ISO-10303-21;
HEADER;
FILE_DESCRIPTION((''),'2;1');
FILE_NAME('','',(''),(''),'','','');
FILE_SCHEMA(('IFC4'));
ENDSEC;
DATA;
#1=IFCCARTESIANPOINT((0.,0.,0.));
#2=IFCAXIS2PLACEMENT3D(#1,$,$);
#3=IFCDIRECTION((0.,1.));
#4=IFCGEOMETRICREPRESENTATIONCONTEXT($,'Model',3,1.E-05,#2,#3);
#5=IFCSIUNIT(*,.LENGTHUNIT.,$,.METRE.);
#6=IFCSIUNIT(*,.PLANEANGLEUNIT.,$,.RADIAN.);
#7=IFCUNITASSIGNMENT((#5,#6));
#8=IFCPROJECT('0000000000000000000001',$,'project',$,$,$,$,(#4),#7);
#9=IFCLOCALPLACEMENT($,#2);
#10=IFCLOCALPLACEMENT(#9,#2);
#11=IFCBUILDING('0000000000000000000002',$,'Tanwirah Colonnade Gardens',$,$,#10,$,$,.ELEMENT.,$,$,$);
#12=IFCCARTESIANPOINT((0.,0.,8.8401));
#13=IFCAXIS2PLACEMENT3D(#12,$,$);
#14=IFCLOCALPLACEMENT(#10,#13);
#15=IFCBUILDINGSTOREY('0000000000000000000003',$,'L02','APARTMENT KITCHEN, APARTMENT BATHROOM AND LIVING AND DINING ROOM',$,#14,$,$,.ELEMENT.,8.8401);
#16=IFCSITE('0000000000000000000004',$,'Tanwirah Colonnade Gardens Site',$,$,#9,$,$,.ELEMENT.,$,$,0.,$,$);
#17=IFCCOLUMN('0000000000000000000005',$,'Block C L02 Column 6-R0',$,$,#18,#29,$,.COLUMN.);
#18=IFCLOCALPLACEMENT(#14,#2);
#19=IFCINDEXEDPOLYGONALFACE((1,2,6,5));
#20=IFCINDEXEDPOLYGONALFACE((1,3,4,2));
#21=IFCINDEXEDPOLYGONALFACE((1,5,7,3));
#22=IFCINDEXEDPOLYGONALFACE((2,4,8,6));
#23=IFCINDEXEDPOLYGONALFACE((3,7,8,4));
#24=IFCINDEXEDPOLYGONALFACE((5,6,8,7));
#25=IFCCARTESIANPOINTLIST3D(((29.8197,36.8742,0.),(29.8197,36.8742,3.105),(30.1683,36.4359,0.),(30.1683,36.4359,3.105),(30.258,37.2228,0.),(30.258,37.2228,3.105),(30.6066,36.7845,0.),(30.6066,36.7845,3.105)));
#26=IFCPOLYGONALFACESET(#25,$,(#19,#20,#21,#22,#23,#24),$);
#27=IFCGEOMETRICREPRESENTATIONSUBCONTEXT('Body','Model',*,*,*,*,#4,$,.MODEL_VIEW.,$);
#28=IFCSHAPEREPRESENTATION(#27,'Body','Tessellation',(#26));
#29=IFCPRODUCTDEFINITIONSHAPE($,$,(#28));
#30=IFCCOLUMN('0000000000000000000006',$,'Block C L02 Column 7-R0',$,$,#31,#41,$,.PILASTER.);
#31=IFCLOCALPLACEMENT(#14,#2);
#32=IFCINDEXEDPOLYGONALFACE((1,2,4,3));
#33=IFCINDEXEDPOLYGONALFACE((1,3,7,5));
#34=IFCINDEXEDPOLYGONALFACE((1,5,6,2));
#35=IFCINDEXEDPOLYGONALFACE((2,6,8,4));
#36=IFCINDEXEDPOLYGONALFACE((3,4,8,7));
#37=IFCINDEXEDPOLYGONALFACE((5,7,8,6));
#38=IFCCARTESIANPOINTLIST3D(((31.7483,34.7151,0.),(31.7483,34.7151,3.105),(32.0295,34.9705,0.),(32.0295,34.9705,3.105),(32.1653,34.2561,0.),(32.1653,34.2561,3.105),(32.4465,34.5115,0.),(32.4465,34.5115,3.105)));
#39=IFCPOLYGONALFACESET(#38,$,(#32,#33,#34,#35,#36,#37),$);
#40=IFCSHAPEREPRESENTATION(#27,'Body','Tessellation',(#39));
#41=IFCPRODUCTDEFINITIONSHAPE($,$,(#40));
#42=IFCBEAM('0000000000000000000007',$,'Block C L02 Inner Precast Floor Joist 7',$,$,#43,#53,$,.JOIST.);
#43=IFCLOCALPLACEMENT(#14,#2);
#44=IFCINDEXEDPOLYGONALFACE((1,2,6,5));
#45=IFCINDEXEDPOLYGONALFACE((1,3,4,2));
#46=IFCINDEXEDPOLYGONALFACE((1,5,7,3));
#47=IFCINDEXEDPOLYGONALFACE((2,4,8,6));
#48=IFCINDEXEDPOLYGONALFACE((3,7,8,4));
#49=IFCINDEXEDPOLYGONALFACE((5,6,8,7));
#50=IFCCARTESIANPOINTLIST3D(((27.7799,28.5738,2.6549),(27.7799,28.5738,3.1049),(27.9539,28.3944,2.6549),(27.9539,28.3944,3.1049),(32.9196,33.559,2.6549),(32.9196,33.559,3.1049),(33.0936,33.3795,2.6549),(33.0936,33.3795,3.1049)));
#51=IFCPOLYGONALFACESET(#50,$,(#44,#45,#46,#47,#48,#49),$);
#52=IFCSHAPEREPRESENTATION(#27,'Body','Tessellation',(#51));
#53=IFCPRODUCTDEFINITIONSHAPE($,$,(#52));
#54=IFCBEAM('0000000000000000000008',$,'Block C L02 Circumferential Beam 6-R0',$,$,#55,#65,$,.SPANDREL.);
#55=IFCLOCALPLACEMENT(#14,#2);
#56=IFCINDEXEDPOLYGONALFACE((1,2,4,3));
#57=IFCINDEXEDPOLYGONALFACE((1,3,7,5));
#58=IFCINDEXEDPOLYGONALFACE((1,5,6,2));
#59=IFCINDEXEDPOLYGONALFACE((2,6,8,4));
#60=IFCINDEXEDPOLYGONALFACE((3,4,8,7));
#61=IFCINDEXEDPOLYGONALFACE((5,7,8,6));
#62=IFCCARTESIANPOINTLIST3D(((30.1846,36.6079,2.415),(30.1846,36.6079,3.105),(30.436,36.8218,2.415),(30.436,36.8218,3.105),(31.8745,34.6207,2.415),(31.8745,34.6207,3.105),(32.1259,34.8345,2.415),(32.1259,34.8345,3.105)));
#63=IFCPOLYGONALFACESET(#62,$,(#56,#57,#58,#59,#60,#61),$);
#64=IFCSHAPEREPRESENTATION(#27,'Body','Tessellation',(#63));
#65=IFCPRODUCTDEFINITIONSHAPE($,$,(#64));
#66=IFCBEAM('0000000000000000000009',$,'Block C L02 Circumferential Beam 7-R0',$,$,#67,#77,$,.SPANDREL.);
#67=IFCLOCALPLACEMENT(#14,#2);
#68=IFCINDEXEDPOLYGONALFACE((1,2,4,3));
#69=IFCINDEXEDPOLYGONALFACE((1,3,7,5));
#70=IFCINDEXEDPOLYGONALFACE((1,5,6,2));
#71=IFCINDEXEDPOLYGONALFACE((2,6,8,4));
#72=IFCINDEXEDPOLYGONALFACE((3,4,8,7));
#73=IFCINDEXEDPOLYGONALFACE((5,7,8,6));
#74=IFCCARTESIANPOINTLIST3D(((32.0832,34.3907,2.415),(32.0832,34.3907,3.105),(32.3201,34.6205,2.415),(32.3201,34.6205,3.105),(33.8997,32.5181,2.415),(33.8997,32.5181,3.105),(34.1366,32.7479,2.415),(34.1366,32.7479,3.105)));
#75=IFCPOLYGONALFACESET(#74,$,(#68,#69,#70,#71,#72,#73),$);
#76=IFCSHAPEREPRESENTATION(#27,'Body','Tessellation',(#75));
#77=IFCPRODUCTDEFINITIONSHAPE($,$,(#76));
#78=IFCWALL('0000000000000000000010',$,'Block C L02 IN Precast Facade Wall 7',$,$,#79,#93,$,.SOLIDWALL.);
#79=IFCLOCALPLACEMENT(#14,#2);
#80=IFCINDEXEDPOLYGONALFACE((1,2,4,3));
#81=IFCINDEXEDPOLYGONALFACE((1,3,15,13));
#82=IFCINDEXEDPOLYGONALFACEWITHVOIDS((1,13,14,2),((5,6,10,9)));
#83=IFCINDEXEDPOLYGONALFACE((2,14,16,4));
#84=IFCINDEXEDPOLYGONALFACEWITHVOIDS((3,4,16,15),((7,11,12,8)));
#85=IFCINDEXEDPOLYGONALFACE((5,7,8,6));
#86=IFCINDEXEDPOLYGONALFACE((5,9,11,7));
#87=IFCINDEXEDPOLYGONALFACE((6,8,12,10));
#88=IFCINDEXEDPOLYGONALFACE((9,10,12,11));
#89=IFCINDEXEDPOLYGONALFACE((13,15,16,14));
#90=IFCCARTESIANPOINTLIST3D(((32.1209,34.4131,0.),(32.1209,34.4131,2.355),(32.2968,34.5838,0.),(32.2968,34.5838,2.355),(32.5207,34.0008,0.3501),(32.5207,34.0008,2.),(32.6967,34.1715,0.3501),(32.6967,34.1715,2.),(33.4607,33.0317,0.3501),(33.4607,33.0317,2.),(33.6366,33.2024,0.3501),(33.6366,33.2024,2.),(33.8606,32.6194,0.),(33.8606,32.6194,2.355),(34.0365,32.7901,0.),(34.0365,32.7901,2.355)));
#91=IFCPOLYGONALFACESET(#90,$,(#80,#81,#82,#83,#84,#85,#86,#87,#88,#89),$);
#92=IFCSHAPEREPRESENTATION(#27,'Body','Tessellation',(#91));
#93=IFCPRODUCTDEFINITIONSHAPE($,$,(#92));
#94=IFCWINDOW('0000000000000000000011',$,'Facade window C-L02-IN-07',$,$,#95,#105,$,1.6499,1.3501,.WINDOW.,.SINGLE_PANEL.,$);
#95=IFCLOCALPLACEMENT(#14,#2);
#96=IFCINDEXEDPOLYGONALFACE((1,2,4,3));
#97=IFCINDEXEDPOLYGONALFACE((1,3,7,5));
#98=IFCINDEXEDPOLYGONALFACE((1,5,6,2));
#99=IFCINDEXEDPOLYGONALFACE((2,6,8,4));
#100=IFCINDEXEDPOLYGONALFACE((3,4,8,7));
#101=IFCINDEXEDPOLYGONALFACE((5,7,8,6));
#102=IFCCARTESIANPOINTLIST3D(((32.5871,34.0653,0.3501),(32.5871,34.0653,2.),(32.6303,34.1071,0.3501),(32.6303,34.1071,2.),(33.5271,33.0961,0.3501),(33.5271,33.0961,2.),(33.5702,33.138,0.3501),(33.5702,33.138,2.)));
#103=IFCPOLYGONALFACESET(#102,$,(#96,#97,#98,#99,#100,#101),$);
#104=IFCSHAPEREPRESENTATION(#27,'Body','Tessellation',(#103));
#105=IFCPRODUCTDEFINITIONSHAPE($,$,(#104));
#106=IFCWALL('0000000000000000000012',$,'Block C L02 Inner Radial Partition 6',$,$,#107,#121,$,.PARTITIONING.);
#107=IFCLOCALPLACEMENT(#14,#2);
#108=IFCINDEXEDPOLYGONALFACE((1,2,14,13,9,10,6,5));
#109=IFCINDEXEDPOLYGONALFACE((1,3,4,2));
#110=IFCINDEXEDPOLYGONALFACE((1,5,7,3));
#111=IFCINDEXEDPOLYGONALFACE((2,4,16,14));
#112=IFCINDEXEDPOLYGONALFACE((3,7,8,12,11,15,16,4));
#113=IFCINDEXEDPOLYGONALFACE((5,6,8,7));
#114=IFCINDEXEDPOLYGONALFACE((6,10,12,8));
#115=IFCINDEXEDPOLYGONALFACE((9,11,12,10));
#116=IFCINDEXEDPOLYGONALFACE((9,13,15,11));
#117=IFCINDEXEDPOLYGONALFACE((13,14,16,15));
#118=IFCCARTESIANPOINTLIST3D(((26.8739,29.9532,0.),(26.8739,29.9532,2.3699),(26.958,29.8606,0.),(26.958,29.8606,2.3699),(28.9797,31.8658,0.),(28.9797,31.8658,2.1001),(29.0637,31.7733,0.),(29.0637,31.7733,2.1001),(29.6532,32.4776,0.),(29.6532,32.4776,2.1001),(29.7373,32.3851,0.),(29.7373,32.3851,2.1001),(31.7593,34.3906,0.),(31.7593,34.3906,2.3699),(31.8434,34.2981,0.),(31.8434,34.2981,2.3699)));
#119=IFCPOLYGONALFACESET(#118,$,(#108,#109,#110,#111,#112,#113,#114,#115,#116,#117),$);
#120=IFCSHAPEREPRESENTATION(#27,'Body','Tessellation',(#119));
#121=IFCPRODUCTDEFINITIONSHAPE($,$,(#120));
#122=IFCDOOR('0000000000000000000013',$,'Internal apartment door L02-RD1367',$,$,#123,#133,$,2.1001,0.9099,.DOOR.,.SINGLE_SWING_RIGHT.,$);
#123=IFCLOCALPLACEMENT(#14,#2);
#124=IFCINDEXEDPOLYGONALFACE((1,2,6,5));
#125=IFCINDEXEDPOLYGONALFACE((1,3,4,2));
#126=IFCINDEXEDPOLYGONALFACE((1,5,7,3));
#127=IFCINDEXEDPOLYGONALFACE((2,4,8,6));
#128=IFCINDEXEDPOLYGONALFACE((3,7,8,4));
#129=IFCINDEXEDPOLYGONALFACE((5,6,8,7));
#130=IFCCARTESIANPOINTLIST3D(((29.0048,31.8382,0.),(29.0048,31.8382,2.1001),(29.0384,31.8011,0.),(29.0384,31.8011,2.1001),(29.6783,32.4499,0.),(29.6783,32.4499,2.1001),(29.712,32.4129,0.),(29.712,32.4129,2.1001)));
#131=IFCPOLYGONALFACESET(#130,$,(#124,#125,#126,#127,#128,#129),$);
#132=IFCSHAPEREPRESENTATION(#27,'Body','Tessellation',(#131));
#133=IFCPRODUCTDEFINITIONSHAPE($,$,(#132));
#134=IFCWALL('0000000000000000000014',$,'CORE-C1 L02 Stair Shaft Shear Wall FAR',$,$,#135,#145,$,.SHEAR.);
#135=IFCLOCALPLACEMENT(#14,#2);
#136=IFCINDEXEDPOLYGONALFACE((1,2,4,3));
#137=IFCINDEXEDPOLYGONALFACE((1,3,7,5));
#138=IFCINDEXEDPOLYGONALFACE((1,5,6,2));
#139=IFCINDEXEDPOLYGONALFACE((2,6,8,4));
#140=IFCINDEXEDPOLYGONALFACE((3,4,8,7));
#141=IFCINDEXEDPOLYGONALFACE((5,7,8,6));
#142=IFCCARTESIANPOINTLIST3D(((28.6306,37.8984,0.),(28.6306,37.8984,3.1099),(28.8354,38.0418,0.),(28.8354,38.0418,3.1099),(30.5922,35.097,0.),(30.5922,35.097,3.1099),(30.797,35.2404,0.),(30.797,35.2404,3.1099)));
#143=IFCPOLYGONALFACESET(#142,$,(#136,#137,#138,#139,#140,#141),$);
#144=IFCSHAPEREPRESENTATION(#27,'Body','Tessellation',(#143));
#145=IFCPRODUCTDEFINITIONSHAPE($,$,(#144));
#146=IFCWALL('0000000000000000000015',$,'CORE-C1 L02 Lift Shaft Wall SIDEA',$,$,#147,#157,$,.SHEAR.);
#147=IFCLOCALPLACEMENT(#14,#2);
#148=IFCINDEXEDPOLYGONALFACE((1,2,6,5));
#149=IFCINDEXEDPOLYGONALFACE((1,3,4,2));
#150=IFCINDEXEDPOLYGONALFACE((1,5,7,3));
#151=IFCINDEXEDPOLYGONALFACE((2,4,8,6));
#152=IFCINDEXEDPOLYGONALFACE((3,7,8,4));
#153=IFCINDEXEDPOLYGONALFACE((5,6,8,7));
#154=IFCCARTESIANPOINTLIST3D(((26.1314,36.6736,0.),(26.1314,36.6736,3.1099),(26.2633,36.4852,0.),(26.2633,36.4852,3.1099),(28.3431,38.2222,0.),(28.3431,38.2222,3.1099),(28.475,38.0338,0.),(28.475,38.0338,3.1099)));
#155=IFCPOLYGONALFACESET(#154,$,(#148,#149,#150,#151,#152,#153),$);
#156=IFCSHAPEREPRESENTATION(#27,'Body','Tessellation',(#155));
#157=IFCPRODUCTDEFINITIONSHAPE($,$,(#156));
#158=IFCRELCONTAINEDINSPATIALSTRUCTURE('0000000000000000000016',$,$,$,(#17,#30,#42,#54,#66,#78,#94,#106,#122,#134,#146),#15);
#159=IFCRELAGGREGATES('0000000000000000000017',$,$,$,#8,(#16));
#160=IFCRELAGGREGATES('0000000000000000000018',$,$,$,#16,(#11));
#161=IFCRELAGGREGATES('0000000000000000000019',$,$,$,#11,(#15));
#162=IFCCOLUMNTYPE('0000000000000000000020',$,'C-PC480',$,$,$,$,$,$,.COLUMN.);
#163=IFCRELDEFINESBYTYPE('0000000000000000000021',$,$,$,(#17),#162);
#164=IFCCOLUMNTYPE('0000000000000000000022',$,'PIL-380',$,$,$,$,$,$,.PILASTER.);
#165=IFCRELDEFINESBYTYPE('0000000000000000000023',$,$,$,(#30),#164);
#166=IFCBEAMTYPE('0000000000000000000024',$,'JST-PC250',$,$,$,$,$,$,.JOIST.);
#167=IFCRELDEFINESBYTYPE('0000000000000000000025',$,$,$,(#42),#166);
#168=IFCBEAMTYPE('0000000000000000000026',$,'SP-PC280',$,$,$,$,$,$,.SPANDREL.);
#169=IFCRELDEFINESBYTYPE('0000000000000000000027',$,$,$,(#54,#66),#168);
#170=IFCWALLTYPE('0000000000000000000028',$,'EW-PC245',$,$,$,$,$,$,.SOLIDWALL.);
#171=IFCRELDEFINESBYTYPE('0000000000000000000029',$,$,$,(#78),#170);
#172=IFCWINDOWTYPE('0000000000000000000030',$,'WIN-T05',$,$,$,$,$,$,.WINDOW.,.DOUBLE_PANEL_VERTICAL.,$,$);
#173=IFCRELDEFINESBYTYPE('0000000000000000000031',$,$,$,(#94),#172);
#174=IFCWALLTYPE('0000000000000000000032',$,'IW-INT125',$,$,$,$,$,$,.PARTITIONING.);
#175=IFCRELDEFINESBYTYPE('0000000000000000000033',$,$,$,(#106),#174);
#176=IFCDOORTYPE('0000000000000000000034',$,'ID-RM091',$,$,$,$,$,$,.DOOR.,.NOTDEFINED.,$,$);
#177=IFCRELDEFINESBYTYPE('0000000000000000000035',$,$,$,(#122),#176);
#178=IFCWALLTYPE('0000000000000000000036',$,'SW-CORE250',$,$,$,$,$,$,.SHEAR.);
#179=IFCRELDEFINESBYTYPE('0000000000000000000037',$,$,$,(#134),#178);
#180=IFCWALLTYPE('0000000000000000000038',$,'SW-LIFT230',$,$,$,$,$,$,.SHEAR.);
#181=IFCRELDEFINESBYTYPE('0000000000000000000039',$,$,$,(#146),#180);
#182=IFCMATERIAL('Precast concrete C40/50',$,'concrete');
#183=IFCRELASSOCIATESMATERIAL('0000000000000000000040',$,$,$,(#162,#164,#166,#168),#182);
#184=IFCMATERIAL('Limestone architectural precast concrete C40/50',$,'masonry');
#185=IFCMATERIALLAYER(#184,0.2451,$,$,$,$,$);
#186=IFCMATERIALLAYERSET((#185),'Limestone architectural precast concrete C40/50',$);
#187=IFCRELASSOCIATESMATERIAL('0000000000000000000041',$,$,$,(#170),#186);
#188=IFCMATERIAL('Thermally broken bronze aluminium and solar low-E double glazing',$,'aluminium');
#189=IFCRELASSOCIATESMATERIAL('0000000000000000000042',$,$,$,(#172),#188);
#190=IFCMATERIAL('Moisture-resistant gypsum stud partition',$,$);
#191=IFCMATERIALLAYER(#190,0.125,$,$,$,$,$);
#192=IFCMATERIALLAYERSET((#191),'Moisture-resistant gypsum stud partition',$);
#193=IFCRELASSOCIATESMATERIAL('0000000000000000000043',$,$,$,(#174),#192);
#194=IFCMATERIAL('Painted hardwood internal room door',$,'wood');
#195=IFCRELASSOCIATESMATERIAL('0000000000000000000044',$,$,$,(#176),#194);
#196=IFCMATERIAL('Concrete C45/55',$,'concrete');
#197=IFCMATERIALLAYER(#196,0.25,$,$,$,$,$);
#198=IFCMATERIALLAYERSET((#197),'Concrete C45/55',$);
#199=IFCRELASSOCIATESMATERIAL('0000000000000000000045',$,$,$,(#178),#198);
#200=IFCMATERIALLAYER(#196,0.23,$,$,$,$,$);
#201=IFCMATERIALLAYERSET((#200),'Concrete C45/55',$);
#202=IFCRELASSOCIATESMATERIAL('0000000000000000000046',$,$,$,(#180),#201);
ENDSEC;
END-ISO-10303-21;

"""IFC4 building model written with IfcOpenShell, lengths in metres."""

from ifc_helpers import new_model, si_unit, direction, frame, frame_2d, origin, origin_2d, place, context, subcontext, project, spatial, rectangle, extrude, material, layer, layer_set, material_profile, profile_set, type_object, element, fill, save


model = new_model("IFC4")

# Units and contexts
model_context = context("Model", 3, precision=1e-05, world=origin(), true_north=direction((0.0, 1.0)))
body_context = subcontext(model_context, "Body", "Model", "MODEL_VIEW")
ifc_project = project(units=[si_unit("LENGTHUNIT", "METRE"), si_unit("PLANEANGLEUNIT", "RADIAN")], contexts=[model_context])

# Site, building, storey
site_placement = place(None, origin())
site = spatial("IfcSite", under=ifc_project, at=site_placement, Name="Tanwirah Colonnade Gardens Site", CompositionType="ELEMENT", RefElevation=0.0)
building_placement = place(site_placement, origin())
building = spatial("IfcBuilding", under=site, at=building_placement, Name="Tanwirah Colonnade Gardens", CompositionType="ELEMENT")
storey_placement = place(building_placement, frame((0.0, 0.0, 8.8401)))
storey = spatial("IfcBuildingStorey", under=building, at=storey_placement, Name="L02", Description="APARTMENT KITCHEN, APARTMENT BATHROOM AND LIVING AND DINING ROOM", CompositionType="ELEMENT", Elevation=8.8401)

# Columns
ifc_material_1 = material(Name="Precast concrete C40/50", Category="concrete")
ifc_material_profile_1 = material_profile(ifc_material_1, rectangle(XDim=0.5601, YDim=0.5601, at=origin_2d()), Name="PC-COL 560x560")
ifc_profile_set_1 = profile_set([ifc_material_profile_1], Name="Precast concrete C40/50")
column_type_1 = type_object("IfcColumnType", Name="C-PC480", PredefinedType="COLUMN", material=ifc_profile_set_1)
column_1_placement = place(storey_placement, frame((30.2131, 36.8293, 0.0), z_axis=(0.0, 0.0, 1.0), x_axis=(-0.782608, -0.622515, 0.0)))
element("IfcColumn", 1, at=column_1_placement, inside=storey, type_object=column_type_1, Name="Block C L02 Column 6-R0", PredefinedType="COLUMN", context=body_context, shape_type="SweptSolid", body=[
    extrude(rectangle(XDim=0.5601, YDim=0.5601, at=origin_2d()), origin(), (0.0, 0.0, 1.0), 3.105),
])
ifc_material_profile_2 = material_profile(ifc_material_1, rectangle(XDim=0.3799, YDim=0.6201, at=origin_2d()), Name="PC-PIL 380x620")
ifc_profile_set_2 = profile_set([ifc_material_profile_2], Name="Precast concrete C40/50")
column_type_2 = type_object("IfcColumnType", Name="PIL-380", PredefinedType="PILASTER", material=ifc_profile_set_2)
column_2_placement = place(storey_placement, frame((32.0974, 34.6133, 0.0), z_axis=(0.0, 0.0, 1.0), x_axis=(-0.740218, -0.672367, 0.0)))
element("IfcColumn", 2, at=column_2_placement, inside=storey, type_object=column_type_2, Name="Block C L02 Column 7-R0", PredefinedType="PILASTER", context=body_context, shape_type="SweptSolid", body=[
    extrude(rectangle(XDim=0.3799, YDim=0.6201, at=origin_2d()), origin(), (0.0, 0.0, 1.0), 3.105),
])

# Beams
ifc_material_profile_3 = material_profile(ifc_material_1, rectangle(XDim=0.25, YDim=0.45, at=origin_2d()), Name="PC-JST 250x450")
ifc_profile_set_3 = profile_set([ifc_material_profile_3], Name="Precast concrete C40/50")
beam_type_1 = type_object("IfcBeamType", Name="JST-PC250", PredefinedType="JOIST", material=ifc_profile_set_3)
beam_1_placement = place(storey_placement, frame((33.0066, 33.4692, 2.8799), z_axis=(-0.717816, -0.696233, 0.0), x_axis=(0.696233, -0.717816, 0.0)))
element("IfcBeam", 3, at=beam_1_placement, inside=storey, type_object=beam_type_1, Name="Block C L02 Inner Precast Floor Joist 7", PredefinedType="JOIST", context=body_context, shape_type="SweptSolid", body=[
    extrude(rectangle(XDim=0.25, YDim=0.45, at=origin_2d()), origin(), (0.0, 0.0, 1.0), 7.1602),
])
ifc_material_profile_4 = material_profile(ifc_material_1, rectangle(XDim=0.3301, YDim=0.6899, at=origin_2d()), Name="PC-SP 330x690")
ifc_profile_set_4 = profile_set([ifc_material_profile_4], Name="Precast concrete C40/50")
beam_type_2 = type_object("IfcBeamType", Name="SP-PC280", PredefinedType="SPANDREL", material=ifc_profile_set_4)
beam_2_placement = place(storey_placement, frame((30.3103, 36.7148, 2.76), z_axis=(0.647811, -0.761801, 0.0), x_axis=(0.761801, 0.647811, 0.0)))
element("IfcBeam", 4, at=beam_2_placement, inside=storey, type_object=beam_type_2, Name="Block C L02 Circumferential Beam 6-R0", PredefinedType="SPANDREL", context=body_context, shape_type="SweptSolid", body=[
    extrude(rectangle(XDim=0.3301, YDim=0.6899, at=origin_2d()), origin(), (0.0, 0.0, 1.0), 2.6086),
])
beam_3_placement = place(storey_placement, frame((32.2017, 34.5056, 2.76), z_axis=(0.696263, -0.717787, 0.0), x_axis=(0.717787, 0.696263, 0.0)))
element("IfcBeam", 5, at=beam_3_placement, inside=storey, type_object=beam_type_2, Name="Block C L02 Circumferential Beam 7-R0", PredefinedType="SPANDREL", context=body_context, shape_type="SweptSolid", body=[
    extrude(rectangle(XDim=0.3301, YDim=0.6899, at=origin_2d()), origin(), (0.0, 0.0, 1.0), 2.6089),
])

# Wall, opening, window
ifc_material_2 = material(Name="Limestone architectural precast concrete C40/50", Category="masonry")
ifc_layer_1 = layer(ifc_material_2, 0.2451)
ifc_layer_set_1 = layer_set([ifc_layer_1], Name="Limestone architectural precast concrete C40/50")
wall_type_1 = type_object("IfcWallType", Name="EW-PC245", PredefinedType="SOLIDWALL", material=ifc_layer_set_1)
wall_1_placement = place(storey_placement, frame((32.2087, 34.4985, 0.0), z_axis=(0.0, 0.0, 1.0), x_axis=(0.696228, -0.71782, 0.0)))
wall_1 = element("IfcWall", 6, at=wall_1_placement, inside=storey, type_object=wall_type_1, Name="Block C L02 IN Precast Facade Wall 7", PredefinedType="SOLIDWALL", context=body_context, shape_type="SweptSolid", body=[
    extrude(rectangle(XDim=2.4988, YDim=0.2451, at=frame_2d((1.2495, 0.0))), origin(), (0.0, 0.0, 1.0), 2.355),
])
opening_1_placement = place(wall_1_placement, frame((0.5745, 0.0, 0.3501)))
opening_1 = element("IfcOpeningElement", 7, at=opening_1_placement, cuts=wall_1, PredefinedType="OPENING", context=body_context, shape_type="SweptSolid", body=[
    extrude(rectangle(XDim=1.3501, YDim=1.6499, at=frame_2d((0.675, 0.825))), frame((0.0, 0.1326, 0.0), z_axis=(0.0, -1.0, 0.0), x_axis=(1.0, 0.0, 0.0)), (0.0, 0.0, 1.0), 0.2651),
])
ifc_material_3 = material(Name="Thermally broken bronze aluminium and solar low-E double glazing", Category="aluminium")
window_type = type_object("IfcWindowType", Name="WIN-T05", PartitioningType="DOUBLE_PANEL_VERTICAL", PredefinedType="WINDOW", material=ifc_material_3)
window_placement = place(opening_1_placement, origin())
window = element("IfcWindow", 8, at=window_placement, inside=storey, type_object=window_type, Name="Facade window C-L02-IN-07", OverallHeight=1.6499, OverallWidth=1.3501, PartitioningType="SINGLE_PANEL", PredefinedType="WINDOW", context=body_context, shape_type="SweptSolid", body=[
    extrude(rectangle(XDim=1.3501, YDim=1.6499, at=frame_2d((0.675, 0.825))), frame((0.0, 0.03, 0.0), z_axis=(0.0, -1.0, 0.0), x_axis=(1.0, 0.0, 0.0)), (0.0, 0.0, 1.0), 0.0601),
])
fill(opening_1, window)

# Wall, opening, door
ifc_material_4 = material(Name="Moisture-resistant gypsum stud partition")
ifc_layer_2 = layer(ifc_material_4, 0.125)
ifc_layer_set_2 = layer_set([ifc_layer_2], Name="Moisture-resistant gypsum stud partition")
wall_type_2 = type_object("IfcWallType", Name="IW-INT125", PredefinedType="PARTITIONING", material=ifc_layer_set_2)
wall_2_placement = place(storey_placement, frame((31.8013, 34.3442, 0.0), z_axis=(0.0, 0.0, 1.0), x_axis=(-0.740231, -0.672352, 0.0)))
wall_2 = element("IfcWall", 9, at=wall_2_placement, inside=storey, type_object=wall_type_2, Name="Block C L02 Inner Radial Partition 6", PredefinedType="PARTITIONING", context=body_context, shape_type="SweptSolid", body=[
    extrude(rectangle(XDim=6.5999, YDim=0.125, at=frame_2d((3.2998, 0.0))), origin(), (0.0, 0.0, 1.0), 2.3699),
])
opening_2_placement = place(wall_2_placement, frame((2.845, 0.0, 0.0)))
opening_2 = element("IfcOpeningElement", 10, at=opening_2_placement, cuts=wall_2, PredefinedType="OPENING", context=body_context, shape_type="SweptSolid", body=[
    extrude(rectangle(XDim=0.9099, YDim=2.1001, at=frame_2d((0.4551, 1.05))), frame((0.0, 0.0725, 0.0), z_axis=(0.0, -1.0, 0.0), x_axis=(1.0, 0.0, 0.0)), (0.0, 0.0, 1.0), 0.145),
])
ifc_material_5 = material(Name="Painted hardwood internal room door", Category="wood")
door_type_1 = type_object("IfcDoorType", Name="ID-RM091", OperationType="NOTDEFINED", PredefinedType="DOOR", material=ifc_material_5)
door_1_placement = place(opening_2_placement, origin())
door_1 = element("IfcDoor", 11, at=door_1_placement, inside=storey, type_object=door_type_1, Name="Internal apartment door L02-RD1367", OperationType="SINGLE_SWING_RIGHT", OverallHeight=2.1001, OverallWidth=0.9099, PredefinedType="DOOR", context=body_context, shape_type="SweptSolid", body=[
    extrude(rectangle(XDim=0.9099, YDim=2.1001, at=frame_2d((0.4551, 1.05))), frame((0.0, 0.0249, 0.0), z_axis=(0.0, -1.0, 0.0), x_axis=(1.0, 0.0, 0.0)), (0.0, 0.0, 1.0), 0.05),
])
fill(opening_2, door_1)

# Wall
ifc_material_6 = material(Name="Concrete C45/55", Category="concrete")
ifc_layer_3 = layer(ifc_material_6, 0.25)
ifc_layer_set_3 = layer_set([ifc_layer_3], Name="Concrete C45/55")
wall_type_3 = type_object("IfcWallType", Name="SW-CORE250", PredefinedType="SHEAR", material=ifc_layer_set_3)
wall_3_placement = place(storey_placement, frame((30.6946, 35.1687, 0.0), z_axis=(0.0, 0.0, 1.0), x_axis=(-0.573582, 0.819148, 0.0)))
element("IfcWall", 12, at=wall_3_placement, inside=storey, type_object=wall_type_3, Name="CORE-C1 L02 Stair Shaft Shear Wall FAR", PredefinedType="SHEAR", context=body_context, shape_type="SweptSolid", body=[
    extrude(rectangle(XDim=3.4199, YDim=0.25, at=frame_2d((1.71, 0.0))), origin(), (0.0, 0.0, 1.0), 3.1099),
])

# Shared definitions
ifc_layer_4 = layer(ifc_material_6, 0.23)
ifc_layer_set_4 = layer_set([ifc_layer_4], Name="Concrete C45/55")
wall_type_4 = type_object("IfcWallType", Name="SW-LIFT230", PredefinedType="SHEAR", material=ifc_layer_set_4)

# Wall
wall_4_placement = place(storey_placement, frame((26.1973, 36.5793, 0.0), z_axis=(0.0, 0.0, 1.0), x_axis=(0.81916, 0.573566, 0.0)))
element("IfcWall", 13, at=wall_4_placement, inside=storey, type_object=wall_type_4, Name="CORE-C1 L02 Lift Shaft Wall SIDEA", PredefinedType="SHEAR", context=body_context, shape_type="SweptSolid", body=[
    extrude(rectangle(XDim=2.7, YDim=0.23, at=frame_2d((1.3501, 0.0))), origin(), (0.0, 0.0, 1.0), 3.1099),
])

save(model, "model.ifc")
